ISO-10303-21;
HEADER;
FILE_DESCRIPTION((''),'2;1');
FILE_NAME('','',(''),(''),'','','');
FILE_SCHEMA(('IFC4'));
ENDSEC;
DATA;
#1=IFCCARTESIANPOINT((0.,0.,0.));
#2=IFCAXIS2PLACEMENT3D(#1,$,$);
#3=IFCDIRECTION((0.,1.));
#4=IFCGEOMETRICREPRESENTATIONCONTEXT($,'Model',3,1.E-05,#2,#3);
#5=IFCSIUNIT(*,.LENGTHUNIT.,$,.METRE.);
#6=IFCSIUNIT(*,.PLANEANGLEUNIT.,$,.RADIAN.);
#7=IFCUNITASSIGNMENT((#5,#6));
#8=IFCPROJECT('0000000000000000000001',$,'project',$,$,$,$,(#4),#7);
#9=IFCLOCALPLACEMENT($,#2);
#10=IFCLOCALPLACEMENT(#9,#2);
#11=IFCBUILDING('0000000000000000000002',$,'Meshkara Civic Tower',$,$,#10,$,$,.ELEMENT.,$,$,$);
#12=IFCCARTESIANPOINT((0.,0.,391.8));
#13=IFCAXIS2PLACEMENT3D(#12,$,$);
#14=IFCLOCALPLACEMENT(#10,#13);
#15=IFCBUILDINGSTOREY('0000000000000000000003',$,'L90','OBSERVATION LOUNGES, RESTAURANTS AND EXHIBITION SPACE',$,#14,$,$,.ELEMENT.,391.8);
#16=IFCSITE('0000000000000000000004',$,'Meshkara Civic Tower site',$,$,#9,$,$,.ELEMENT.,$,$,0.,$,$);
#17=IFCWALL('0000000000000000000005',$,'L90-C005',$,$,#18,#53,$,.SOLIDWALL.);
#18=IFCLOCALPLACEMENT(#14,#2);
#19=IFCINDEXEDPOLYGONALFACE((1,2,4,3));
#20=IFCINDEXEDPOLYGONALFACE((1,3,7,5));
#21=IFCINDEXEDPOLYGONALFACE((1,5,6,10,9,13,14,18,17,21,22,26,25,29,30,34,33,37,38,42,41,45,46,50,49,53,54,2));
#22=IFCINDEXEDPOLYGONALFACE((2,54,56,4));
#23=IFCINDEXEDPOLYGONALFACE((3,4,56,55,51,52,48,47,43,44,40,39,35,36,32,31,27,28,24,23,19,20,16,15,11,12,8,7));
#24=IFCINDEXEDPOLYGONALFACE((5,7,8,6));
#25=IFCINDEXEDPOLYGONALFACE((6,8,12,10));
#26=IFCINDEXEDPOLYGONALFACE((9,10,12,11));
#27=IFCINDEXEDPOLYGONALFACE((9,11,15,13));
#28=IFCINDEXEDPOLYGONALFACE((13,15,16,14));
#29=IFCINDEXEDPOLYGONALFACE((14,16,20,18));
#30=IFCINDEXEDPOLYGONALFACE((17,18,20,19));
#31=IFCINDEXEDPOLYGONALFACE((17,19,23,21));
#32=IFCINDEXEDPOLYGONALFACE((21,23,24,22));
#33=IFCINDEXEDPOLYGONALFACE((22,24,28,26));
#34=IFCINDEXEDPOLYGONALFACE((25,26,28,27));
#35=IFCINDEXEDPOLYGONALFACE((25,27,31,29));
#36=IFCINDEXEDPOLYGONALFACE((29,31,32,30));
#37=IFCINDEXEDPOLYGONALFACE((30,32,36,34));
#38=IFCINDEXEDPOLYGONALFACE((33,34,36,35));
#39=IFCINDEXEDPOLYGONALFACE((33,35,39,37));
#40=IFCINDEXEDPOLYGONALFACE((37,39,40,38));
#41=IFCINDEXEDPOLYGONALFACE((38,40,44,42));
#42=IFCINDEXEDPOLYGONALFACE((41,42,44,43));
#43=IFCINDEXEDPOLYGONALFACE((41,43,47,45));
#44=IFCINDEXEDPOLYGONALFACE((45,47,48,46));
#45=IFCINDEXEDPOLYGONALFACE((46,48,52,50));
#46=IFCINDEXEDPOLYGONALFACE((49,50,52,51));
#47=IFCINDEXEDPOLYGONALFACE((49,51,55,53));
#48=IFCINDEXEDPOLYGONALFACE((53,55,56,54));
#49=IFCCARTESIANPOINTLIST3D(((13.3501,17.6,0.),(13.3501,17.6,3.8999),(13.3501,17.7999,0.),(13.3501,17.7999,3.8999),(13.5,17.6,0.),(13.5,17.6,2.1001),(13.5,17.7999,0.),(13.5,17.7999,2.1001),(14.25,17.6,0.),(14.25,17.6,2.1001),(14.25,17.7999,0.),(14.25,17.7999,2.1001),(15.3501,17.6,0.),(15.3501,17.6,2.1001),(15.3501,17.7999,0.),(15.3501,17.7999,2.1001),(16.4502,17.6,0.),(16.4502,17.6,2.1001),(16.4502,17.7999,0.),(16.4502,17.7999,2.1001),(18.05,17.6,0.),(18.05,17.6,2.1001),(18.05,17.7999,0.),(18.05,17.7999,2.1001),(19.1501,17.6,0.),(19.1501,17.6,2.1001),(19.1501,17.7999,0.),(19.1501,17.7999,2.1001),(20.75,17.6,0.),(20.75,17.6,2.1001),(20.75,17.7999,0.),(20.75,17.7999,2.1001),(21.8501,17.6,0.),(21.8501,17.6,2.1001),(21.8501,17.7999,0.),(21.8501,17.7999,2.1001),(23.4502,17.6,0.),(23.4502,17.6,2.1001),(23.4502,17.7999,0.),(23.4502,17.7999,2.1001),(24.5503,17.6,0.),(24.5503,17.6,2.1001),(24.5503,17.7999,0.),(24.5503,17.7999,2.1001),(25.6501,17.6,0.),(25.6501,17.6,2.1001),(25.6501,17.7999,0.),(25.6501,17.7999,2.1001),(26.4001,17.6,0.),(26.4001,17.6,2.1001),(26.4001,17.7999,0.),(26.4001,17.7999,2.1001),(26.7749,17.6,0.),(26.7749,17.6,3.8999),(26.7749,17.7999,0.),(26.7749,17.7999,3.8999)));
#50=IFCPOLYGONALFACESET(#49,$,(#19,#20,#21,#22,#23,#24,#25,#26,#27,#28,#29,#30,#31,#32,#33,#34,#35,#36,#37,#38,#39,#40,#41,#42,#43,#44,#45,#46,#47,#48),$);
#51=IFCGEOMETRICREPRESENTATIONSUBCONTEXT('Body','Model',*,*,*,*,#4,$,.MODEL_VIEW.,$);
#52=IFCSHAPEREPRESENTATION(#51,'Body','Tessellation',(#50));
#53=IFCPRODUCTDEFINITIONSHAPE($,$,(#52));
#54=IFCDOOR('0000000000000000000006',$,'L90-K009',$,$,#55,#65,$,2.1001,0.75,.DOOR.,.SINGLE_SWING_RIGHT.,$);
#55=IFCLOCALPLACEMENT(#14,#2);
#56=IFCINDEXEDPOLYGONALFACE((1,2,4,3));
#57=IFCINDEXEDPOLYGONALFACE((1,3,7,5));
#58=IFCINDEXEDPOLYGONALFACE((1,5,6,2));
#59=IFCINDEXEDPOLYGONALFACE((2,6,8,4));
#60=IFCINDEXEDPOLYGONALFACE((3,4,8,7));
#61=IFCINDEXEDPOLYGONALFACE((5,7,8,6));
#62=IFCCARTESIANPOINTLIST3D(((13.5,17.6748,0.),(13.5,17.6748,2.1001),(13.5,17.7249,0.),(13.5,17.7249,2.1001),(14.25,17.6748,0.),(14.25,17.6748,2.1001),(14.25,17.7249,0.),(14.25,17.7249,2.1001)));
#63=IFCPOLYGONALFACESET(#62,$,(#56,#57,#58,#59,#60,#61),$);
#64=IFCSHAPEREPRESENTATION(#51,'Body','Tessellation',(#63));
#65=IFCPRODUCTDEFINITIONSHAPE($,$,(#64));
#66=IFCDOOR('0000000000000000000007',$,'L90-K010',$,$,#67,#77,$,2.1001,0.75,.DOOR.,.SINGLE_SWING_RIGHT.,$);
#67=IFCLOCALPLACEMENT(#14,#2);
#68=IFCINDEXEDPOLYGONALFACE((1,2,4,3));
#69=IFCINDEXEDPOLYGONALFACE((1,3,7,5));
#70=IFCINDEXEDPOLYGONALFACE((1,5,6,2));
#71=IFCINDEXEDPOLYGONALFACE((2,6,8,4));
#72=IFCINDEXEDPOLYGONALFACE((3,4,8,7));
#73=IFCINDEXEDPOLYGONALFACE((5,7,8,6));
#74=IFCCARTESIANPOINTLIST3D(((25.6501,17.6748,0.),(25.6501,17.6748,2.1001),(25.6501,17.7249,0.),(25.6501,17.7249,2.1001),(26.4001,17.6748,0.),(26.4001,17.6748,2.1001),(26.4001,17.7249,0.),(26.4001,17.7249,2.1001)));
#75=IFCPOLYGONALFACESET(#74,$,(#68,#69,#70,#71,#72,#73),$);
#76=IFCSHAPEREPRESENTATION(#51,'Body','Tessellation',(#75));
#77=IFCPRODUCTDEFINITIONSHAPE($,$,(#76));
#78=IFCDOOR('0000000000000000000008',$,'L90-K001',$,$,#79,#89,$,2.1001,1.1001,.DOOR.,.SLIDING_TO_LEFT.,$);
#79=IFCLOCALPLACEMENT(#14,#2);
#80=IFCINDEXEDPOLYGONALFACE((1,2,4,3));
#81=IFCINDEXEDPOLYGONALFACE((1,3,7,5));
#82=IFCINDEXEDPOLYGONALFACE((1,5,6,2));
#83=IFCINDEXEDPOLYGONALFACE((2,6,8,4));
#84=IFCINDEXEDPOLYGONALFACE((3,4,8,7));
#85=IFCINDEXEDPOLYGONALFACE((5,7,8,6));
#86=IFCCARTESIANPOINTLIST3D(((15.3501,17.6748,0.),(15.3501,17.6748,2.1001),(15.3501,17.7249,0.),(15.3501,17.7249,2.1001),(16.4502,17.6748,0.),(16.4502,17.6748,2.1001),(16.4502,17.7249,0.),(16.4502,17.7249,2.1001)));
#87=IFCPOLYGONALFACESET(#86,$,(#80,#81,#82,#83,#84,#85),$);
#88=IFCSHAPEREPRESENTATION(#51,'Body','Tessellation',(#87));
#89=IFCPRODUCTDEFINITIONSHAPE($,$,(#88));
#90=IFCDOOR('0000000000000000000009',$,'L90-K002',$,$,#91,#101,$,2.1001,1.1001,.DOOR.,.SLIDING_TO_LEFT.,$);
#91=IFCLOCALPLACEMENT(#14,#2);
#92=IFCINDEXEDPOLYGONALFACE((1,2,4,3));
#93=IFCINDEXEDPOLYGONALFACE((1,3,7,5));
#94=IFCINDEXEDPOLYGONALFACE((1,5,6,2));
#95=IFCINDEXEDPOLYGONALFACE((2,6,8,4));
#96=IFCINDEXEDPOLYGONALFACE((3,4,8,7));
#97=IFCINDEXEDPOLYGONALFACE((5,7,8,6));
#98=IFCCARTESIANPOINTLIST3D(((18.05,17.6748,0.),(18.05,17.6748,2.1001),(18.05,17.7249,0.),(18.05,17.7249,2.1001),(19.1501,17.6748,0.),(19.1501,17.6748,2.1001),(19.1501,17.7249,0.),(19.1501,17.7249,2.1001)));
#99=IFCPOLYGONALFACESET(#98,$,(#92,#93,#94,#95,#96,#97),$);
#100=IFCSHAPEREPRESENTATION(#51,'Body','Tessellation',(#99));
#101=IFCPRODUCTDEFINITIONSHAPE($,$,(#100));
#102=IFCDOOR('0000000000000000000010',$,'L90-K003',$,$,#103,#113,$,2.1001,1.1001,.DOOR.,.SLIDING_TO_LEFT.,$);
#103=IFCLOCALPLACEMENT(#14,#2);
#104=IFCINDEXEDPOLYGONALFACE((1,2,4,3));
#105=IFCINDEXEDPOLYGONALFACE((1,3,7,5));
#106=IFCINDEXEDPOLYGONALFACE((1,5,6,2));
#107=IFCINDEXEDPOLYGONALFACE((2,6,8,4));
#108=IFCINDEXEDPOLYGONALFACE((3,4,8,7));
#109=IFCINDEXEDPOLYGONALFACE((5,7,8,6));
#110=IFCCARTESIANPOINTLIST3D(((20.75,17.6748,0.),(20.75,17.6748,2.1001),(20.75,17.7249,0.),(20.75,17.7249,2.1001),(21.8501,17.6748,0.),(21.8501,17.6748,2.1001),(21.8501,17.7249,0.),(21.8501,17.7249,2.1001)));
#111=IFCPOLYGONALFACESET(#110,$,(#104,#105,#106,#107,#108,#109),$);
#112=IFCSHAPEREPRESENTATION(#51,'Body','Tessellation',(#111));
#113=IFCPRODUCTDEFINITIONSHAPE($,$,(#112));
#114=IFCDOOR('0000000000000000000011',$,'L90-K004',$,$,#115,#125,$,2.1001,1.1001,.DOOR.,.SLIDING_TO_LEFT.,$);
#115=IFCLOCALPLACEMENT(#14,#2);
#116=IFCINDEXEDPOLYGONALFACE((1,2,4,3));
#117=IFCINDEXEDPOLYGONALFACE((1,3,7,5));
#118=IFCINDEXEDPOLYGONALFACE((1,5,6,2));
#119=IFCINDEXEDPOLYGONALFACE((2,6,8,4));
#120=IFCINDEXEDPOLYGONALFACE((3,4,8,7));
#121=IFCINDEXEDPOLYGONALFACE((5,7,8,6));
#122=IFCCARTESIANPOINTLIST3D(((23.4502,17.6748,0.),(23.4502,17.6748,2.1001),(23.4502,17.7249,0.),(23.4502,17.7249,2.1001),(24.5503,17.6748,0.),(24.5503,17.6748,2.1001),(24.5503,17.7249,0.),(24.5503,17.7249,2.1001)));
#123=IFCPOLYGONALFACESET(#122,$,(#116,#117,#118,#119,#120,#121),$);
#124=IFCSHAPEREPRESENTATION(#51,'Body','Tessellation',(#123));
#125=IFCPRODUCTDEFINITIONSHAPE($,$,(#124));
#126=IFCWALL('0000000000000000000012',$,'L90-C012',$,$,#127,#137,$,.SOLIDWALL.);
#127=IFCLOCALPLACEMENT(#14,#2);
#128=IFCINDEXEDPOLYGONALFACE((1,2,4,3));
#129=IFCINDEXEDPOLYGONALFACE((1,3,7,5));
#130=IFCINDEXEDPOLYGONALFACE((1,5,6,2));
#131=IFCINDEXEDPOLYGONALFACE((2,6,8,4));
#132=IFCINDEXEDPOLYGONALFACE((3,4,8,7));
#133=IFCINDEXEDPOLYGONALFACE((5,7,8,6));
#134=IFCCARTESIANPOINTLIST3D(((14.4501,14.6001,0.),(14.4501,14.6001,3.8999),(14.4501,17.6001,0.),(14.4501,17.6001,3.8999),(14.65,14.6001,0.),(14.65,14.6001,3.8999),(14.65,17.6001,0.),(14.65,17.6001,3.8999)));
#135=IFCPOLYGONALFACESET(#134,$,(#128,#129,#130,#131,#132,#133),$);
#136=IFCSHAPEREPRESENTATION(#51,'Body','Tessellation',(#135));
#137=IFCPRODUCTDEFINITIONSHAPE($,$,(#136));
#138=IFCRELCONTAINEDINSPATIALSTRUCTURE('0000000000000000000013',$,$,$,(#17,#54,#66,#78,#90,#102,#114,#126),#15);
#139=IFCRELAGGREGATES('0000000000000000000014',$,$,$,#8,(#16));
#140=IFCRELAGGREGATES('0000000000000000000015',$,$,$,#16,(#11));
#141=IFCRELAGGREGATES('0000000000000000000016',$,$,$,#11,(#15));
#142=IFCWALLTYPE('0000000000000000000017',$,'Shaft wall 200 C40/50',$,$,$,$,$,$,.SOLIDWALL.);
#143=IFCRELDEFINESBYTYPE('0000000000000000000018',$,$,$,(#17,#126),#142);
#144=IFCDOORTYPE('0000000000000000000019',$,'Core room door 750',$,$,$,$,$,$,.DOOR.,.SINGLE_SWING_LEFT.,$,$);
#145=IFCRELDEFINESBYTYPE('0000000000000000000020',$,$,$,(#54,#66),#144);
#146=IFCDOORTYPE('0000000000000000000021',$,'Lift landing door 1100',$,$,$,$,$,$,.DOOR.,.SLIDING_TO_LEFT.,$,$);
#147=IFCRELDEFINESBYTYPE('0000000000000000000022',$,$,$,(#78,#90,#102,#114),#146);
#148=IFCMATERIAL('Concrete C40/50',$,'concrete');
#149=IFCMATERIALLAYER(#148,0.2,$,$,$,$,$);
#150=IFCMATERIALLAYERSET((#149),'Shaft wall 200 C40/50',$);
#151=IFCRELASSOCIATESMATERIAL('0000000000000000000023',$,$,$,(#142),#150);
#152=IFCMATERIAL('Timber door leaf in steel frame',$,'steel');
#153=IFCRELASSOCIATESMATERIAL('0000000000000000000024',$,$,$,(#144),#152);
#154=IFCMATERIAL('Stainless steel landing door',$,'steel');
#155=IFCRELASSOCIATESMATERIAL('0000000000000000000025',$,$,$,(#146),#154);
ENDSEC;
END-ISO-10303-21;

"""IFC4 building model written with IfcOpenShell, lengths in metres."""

from ifc_helpers import new_model, si_unit, direction, frame, frame_2d, origin, place, context, subcontext, project, spatial, rectangle, extrude, material, layer, layer_set, type_object, element, fill, save


model = new_model("IFC4")

# Units and contexts
model_context = context("Model", 3, precision=1e-05, world=origin(), true_north=direction((0.0, 1.0)))
body_context = subcontext(model_context, "Body", "Model", "MODEL_VIEW")
ifc_project = project(units=[si_unit("LENGTHUNIT", "METRE"), si_unit("PLANEANGLEUNIT", "RADIAN")], contexts=[model_context])

# Site, building, storey
site_placement = place(None, origin())
site = spatial("IfcSite", under=ifc_project, at=site_placement, Name="Meshkara Civic Tower site", CompositionType="ELEMENT", RefElevation=0.0)
building_placement = place(site_placement, origin())
building = spatial("IfcBuilding", under=site, at=building_placement, Name="Meshkara Civic Tower", CompositionType="ELEMENT")
storey_placement = place(building_placement, frame((0.0, 0.0, 391.8)))
storey = spatial("IfcBuildingStorey", under=building, at=storey_placement, Name="L90", Description="OBSERVATION LOUNGES, RESTAURANTS AND EXHIBITION SPACE", CompositionType="ELEMENT", Elevation=391.8)

# Wall, openings, doors
ifc_material_1 = material(Name="Concrete C40/50", Category="concrete")
ifc_layer_1 = layer(ifc_material_1, 0.2)
ifc_layer_set_1 = layer_set([ifc_layer_1], Name="Shaft wall 200 C40/50")
wall_type_1 = type_object("IfcWallType", Name="Shaft wall 200 C40/50", PredefinedType="SOLIDWALL", material=ifc_layer_set_1)
wall_1_placement = place(storey_placement, frame((13.3501, 17.7, 0.0), z_axis=(0.0, 0.0, 1.0), x_axis=(1.0, 0.0, 0.0)))
wall_1 = element("IfcWall", 1, at=wall_1_placement, inside=storey, type_object=wall_type_1, Name="L90-C005", PredefinedType="SOLIDWALL", context=body_context, shape_type="SweptSolid", body=[
    extrude(rectangle(XDim=13.4248, YDim=0.2, at=frame_2d((6.7124, 0.0))), origin(), (0.0, 0.0, 1.0), 3.8999),
])
opening_1_placement = place(wall_1_placement, frame((2.0, 0.0, 0.0)))
opening_1 = element("IfcOpeningElement", 2, at=opening_1_placement, cuts=wall_1, PredefinedType="OPENING", context=body_context, shape_type="SweptSolid", body=[
    extrude(rectangle(XDim=1.1001, YDim=2.1001, at=frame_2d((0.55, 1.05))), frame((0.0, 0.1099, 0.0), z_axis=(0.0, -1.0, 0.0), x_axis=(1.0, 0.0, 0.0)), (0.0, 0.0, 1.0), 0.22),
])
opening_2_placement = place(wall_1_placement, frame((4.7, 0.0, 0.0)))
opening_2 = element("IfcOpeningElement", 3, at=opening_2_placement, cuts=wall_1, PredefinedType="OPENING", context=body_context, shape_type="SweptSolid", body=[
    extrude(rectangle(XDim=1.1001, YDim=2.1001, at=frame_2d((0.55, 1.05))), frame((0.0, 0.1099, 0.0), z_axis=(0.0, -1.0, 0.0), x_axis=(1.0, 0.0, 0.0)), (0.0, 0.0, 1.0), 0.22),
])
opening_3_placement = place(wall_1_placement, frame((7.3999, 0.0, 0.0)))
opening_3 = element("IfcOpeningElement", 4, at=opening_3_placement, cuts=wall_1, PredefinedType="OPENING", context=body_context, shape_type="SweptSolid", body=[
    extrude(rectangle(XDim=1.1001, YDim=2.1001, at=frame_2d((0.55, 1.05))), frame((0.0, 0.1099, 0.0), z_axis=(0.0, -1.0, 0.0), x_axis=(1.0, 0.0, 0.0)), (0.0, 0.0, 1.0), 0.22),
])
opening_4_placement = place(wall_1_placement, frame((10.1001, 0.0, 0.0)))
opening_4 = element("IfcOpeningElement", 5, at=opening_4_placement, cuts=wall_1, PredefinedType="OPENING", context=body_context, shape_type="SweptSolid", body=[
    extrude(rectangle(XDim=1.1001, YDim=2.1001, at=frame_2d((0.55, 1.05))), frame((0.0, 0.1099, 0.0), z_axis=(0.0, -1.0, 0.0), x_axis=(1.0, 0.0, 0.0)), (0.0, 0.0, 1.0), 0.22),
])
opening_5_placement = place(wall_1_placement, frame((0.1499, 0.0, 0.0)))
opening_5 = element("IfcOpeningElement", 6, at=opening_5_placement, cuts=wall_1, PredefinedType="OPENING", context=body_context, shape_type="SweptSolid", body=[
    extrude(rectangle(XDim=0.75, YDim=2.1001, at=frame_2d((0.375, 1.05))), frame((0.0, 0.1099, 0.0), z_axis=(0.0, -1.0, 0.0), x_axis=(1.0, 0.0, 0.0)), (0.0, 0.0, 1.0), 0.22),
])
opening_6_placement = place(wall_1_placement, frame((12.3, 0.0, 0.0)))
opening_6 = element("IfcOpeningElement", 7, at=opening_6_placement, cuts=wall_1, PredefinedType="OPENING", context=body_context, shape_type="SweptSolid", body=[
    extrude(rectangle(XDim=0.75, YDim=2.1001, at=frame_2d((0.375, 1.05))), frame((0.0, 0.1099, 0.0), z_axis=(0.0, -1.0, 0.0), x_axis=(1.0, 0.0, 0.0)), (0.0, 0.0, 1.0), 0.22),
])
ifc_material_2 = material(Name="Timber door leaf in steel frame", Category="steel")
door_type_1 = type_object("IfcDoorType", Name="Core room door 750", OperationType="SINGLE_SWING_LEFT", PredefinedType="DOOR", material=ifc_material_2)
door_1_placement = place(opening_5_placement, origin())
door_1 = element("IfcDoor", 8, at=door_1_placement, inside=storey, type_object=door_type_1, Name="L90-K009", OperationType="SINGLE_SWING_RIGHT", OverallHeight=2.1001, OverallWidth=0.75, PredefinedType="DOOR", context=body_context, shape_type="SweptSolid", body=[
    extrude(rectangle(XDim=0.75, YDim=2.1001, at=frame_2d((0.375, 1.05))), frame((0.0, 0.0249, 0.0), z_axis=(0.0, -1.0, 0.0), x_axis=(1.0, 0.0, 0.0)), (0.0, 0.0, 1.0), 0.05),
])
fill(opening_5, door_1)
door_2_placement = place(opening_6_placement, origin())
door_2 = element("IfcDoor", 9, at=door_2_placement, inside=storey, type_object=door_type_1, Name="L90-K010", OperationType="SINGLE_SWING_RIGHT", OverallHeight=2.1001, OverallWidth=0.75, PredefinedType="DOOR", context=body_context, shape_type="SweptSolid", body=[
    extrude(rectangle(XDim=0.75, YDim=2.1001, at=frame_2d((0.375, 1.05))), frame((0.0, 0.0249, 0.0), z_axis=(0.0, -1.0, 0.0), x_axis=(1.0, 0.0, 0.0)), (0.0, 0.0, 1.0), 0.05),
])
fill(opening_6, door_2)
ifc_material_3 = material(Name="Stainless steel landing door", Category="steel")
door_type_2 = type_object("IfcDoorType", Name="Lift landing door 1100", OperationType="SLIDING_TO_LEFT", PredefinedType="DOOR", material=ifc_material_3)
door_3_placement = place(opening_1_placement, origin())
door_3 = element("IfcDoor", 10, at=door_3_placement, inside=storey, type_object=door_type_2, Name="L90-K001", OperationType="SLIDING_TO_LEFT", OverallHeight=2.1001, OverallWidth=1.1001, PredefinedType="DOOR", context=body_context, shape_type="SweptSolid", body=[
    extrude(rectangle(XDim=1.1001, YDim=2.1001, at=frame_2d((0.55, 1.05))), frame((0.0, 0.0249, 0.0), z_axis=(0.0, -1.0, 0.0), x_axis=(1.0, 0.0, 0.0)), (0.0, 0.0, 1.0), 0.05),
])
fill(opening_1, door_3)
door_4_placement = place(opening_2_placement, origin())
door_4 = element("IfcDoor", 11, at=door_4_placement, inside=storey, type_object=door_type_2, Name="L90-K002", OperationType="SLIDING_TO_LEFT", OverallHeight=2.1001, OverallWidth=1.1001, PredefinedType="DOOR", context=body_context, shape_type="SweptSolid", body=[
    extrude(rectangle(XDim=1.1001, YDim=2.1001, at=frame_2d((0.55, 1.05))), frame((0.0, 0.0249, 0.0), z_axis=(0.0, -1.0, 0.0), x_axis=(1.0, 0.0, 0.0)), (0.0, 0.0, 1.0), 0.05),
])
fill(opening_2, door_4)
door_5_placement = place(opening_3_placement, origin())
door_5 = element("IfcDoor", 12, at=door_5_placement, inside=storey, type_object=door_type_2, Name="L90-K003", OperationType="SLIDING_TO_LEFT", OverallHeight=2.1001, OverallWidth=1.1001, PredefinedType="DOOR", context=body_context, shape_type="SweptSolid", body=[
    extrude(rectangle(XDim=1.1001, YDim=2.1001, at=frame_2d((0.55, 1.05))), frame((0.0, 0.0249, 0.0), z_axis=(0.0, -1.0, 0.0), x_axis=(1.0, 0.0, 0.0)), (0.0, 0.0, 1.0), 0.05),
])
fill(opening_3, door_5)
door_6_placement = place(opening_4_placement, origin())
door_6 = element("IfcDoor", 13, at=door_6_placement, inside=storey, type_object=door_type_2, Name="L90-K004", OperationType="SLIDING_TO_LEFT", OverallHeight=2.1001, OverallWidth=1.1001, PredefinedType="DOOR", context=body_context, shape_type="SweptSolid", body=[
    extrude(rectangle(XDim=1.1001, YDim=2.1001, at=frame_2d((0.55, 1.05))), frame((0.0, 0.0249, 0.0), z_axis=(0.0, -1.0, 0.0), x_axis=(1.0, 0.0, 0.0)), (0.0, 0.0, 1.0), 0.05),
])
fill(opening_4, door_6)

# Wall
wall_2_placement = place(storey_placement, frame((14.55, 14.6001, 0.0), z_axis=(0.0, 0.0, 1.0), x_axis=(0.0, 1.0, 0.0)))
element("IfcWall", 14, at=wall_2_placement, inside=storey, type_object=wall_type_1, Name="L90-C012", PredefinedType="SOLIDWALL", context=body_context, shape_type="SweptSolid", body=[
    extrude(rectangle(XDim=3.0, YDim=0.2, at=frame_2d((1.5, 0.0))), origin(), (0.0, 0.0, 1.0), 3.8999),
])

save(model, "model.ifc")
